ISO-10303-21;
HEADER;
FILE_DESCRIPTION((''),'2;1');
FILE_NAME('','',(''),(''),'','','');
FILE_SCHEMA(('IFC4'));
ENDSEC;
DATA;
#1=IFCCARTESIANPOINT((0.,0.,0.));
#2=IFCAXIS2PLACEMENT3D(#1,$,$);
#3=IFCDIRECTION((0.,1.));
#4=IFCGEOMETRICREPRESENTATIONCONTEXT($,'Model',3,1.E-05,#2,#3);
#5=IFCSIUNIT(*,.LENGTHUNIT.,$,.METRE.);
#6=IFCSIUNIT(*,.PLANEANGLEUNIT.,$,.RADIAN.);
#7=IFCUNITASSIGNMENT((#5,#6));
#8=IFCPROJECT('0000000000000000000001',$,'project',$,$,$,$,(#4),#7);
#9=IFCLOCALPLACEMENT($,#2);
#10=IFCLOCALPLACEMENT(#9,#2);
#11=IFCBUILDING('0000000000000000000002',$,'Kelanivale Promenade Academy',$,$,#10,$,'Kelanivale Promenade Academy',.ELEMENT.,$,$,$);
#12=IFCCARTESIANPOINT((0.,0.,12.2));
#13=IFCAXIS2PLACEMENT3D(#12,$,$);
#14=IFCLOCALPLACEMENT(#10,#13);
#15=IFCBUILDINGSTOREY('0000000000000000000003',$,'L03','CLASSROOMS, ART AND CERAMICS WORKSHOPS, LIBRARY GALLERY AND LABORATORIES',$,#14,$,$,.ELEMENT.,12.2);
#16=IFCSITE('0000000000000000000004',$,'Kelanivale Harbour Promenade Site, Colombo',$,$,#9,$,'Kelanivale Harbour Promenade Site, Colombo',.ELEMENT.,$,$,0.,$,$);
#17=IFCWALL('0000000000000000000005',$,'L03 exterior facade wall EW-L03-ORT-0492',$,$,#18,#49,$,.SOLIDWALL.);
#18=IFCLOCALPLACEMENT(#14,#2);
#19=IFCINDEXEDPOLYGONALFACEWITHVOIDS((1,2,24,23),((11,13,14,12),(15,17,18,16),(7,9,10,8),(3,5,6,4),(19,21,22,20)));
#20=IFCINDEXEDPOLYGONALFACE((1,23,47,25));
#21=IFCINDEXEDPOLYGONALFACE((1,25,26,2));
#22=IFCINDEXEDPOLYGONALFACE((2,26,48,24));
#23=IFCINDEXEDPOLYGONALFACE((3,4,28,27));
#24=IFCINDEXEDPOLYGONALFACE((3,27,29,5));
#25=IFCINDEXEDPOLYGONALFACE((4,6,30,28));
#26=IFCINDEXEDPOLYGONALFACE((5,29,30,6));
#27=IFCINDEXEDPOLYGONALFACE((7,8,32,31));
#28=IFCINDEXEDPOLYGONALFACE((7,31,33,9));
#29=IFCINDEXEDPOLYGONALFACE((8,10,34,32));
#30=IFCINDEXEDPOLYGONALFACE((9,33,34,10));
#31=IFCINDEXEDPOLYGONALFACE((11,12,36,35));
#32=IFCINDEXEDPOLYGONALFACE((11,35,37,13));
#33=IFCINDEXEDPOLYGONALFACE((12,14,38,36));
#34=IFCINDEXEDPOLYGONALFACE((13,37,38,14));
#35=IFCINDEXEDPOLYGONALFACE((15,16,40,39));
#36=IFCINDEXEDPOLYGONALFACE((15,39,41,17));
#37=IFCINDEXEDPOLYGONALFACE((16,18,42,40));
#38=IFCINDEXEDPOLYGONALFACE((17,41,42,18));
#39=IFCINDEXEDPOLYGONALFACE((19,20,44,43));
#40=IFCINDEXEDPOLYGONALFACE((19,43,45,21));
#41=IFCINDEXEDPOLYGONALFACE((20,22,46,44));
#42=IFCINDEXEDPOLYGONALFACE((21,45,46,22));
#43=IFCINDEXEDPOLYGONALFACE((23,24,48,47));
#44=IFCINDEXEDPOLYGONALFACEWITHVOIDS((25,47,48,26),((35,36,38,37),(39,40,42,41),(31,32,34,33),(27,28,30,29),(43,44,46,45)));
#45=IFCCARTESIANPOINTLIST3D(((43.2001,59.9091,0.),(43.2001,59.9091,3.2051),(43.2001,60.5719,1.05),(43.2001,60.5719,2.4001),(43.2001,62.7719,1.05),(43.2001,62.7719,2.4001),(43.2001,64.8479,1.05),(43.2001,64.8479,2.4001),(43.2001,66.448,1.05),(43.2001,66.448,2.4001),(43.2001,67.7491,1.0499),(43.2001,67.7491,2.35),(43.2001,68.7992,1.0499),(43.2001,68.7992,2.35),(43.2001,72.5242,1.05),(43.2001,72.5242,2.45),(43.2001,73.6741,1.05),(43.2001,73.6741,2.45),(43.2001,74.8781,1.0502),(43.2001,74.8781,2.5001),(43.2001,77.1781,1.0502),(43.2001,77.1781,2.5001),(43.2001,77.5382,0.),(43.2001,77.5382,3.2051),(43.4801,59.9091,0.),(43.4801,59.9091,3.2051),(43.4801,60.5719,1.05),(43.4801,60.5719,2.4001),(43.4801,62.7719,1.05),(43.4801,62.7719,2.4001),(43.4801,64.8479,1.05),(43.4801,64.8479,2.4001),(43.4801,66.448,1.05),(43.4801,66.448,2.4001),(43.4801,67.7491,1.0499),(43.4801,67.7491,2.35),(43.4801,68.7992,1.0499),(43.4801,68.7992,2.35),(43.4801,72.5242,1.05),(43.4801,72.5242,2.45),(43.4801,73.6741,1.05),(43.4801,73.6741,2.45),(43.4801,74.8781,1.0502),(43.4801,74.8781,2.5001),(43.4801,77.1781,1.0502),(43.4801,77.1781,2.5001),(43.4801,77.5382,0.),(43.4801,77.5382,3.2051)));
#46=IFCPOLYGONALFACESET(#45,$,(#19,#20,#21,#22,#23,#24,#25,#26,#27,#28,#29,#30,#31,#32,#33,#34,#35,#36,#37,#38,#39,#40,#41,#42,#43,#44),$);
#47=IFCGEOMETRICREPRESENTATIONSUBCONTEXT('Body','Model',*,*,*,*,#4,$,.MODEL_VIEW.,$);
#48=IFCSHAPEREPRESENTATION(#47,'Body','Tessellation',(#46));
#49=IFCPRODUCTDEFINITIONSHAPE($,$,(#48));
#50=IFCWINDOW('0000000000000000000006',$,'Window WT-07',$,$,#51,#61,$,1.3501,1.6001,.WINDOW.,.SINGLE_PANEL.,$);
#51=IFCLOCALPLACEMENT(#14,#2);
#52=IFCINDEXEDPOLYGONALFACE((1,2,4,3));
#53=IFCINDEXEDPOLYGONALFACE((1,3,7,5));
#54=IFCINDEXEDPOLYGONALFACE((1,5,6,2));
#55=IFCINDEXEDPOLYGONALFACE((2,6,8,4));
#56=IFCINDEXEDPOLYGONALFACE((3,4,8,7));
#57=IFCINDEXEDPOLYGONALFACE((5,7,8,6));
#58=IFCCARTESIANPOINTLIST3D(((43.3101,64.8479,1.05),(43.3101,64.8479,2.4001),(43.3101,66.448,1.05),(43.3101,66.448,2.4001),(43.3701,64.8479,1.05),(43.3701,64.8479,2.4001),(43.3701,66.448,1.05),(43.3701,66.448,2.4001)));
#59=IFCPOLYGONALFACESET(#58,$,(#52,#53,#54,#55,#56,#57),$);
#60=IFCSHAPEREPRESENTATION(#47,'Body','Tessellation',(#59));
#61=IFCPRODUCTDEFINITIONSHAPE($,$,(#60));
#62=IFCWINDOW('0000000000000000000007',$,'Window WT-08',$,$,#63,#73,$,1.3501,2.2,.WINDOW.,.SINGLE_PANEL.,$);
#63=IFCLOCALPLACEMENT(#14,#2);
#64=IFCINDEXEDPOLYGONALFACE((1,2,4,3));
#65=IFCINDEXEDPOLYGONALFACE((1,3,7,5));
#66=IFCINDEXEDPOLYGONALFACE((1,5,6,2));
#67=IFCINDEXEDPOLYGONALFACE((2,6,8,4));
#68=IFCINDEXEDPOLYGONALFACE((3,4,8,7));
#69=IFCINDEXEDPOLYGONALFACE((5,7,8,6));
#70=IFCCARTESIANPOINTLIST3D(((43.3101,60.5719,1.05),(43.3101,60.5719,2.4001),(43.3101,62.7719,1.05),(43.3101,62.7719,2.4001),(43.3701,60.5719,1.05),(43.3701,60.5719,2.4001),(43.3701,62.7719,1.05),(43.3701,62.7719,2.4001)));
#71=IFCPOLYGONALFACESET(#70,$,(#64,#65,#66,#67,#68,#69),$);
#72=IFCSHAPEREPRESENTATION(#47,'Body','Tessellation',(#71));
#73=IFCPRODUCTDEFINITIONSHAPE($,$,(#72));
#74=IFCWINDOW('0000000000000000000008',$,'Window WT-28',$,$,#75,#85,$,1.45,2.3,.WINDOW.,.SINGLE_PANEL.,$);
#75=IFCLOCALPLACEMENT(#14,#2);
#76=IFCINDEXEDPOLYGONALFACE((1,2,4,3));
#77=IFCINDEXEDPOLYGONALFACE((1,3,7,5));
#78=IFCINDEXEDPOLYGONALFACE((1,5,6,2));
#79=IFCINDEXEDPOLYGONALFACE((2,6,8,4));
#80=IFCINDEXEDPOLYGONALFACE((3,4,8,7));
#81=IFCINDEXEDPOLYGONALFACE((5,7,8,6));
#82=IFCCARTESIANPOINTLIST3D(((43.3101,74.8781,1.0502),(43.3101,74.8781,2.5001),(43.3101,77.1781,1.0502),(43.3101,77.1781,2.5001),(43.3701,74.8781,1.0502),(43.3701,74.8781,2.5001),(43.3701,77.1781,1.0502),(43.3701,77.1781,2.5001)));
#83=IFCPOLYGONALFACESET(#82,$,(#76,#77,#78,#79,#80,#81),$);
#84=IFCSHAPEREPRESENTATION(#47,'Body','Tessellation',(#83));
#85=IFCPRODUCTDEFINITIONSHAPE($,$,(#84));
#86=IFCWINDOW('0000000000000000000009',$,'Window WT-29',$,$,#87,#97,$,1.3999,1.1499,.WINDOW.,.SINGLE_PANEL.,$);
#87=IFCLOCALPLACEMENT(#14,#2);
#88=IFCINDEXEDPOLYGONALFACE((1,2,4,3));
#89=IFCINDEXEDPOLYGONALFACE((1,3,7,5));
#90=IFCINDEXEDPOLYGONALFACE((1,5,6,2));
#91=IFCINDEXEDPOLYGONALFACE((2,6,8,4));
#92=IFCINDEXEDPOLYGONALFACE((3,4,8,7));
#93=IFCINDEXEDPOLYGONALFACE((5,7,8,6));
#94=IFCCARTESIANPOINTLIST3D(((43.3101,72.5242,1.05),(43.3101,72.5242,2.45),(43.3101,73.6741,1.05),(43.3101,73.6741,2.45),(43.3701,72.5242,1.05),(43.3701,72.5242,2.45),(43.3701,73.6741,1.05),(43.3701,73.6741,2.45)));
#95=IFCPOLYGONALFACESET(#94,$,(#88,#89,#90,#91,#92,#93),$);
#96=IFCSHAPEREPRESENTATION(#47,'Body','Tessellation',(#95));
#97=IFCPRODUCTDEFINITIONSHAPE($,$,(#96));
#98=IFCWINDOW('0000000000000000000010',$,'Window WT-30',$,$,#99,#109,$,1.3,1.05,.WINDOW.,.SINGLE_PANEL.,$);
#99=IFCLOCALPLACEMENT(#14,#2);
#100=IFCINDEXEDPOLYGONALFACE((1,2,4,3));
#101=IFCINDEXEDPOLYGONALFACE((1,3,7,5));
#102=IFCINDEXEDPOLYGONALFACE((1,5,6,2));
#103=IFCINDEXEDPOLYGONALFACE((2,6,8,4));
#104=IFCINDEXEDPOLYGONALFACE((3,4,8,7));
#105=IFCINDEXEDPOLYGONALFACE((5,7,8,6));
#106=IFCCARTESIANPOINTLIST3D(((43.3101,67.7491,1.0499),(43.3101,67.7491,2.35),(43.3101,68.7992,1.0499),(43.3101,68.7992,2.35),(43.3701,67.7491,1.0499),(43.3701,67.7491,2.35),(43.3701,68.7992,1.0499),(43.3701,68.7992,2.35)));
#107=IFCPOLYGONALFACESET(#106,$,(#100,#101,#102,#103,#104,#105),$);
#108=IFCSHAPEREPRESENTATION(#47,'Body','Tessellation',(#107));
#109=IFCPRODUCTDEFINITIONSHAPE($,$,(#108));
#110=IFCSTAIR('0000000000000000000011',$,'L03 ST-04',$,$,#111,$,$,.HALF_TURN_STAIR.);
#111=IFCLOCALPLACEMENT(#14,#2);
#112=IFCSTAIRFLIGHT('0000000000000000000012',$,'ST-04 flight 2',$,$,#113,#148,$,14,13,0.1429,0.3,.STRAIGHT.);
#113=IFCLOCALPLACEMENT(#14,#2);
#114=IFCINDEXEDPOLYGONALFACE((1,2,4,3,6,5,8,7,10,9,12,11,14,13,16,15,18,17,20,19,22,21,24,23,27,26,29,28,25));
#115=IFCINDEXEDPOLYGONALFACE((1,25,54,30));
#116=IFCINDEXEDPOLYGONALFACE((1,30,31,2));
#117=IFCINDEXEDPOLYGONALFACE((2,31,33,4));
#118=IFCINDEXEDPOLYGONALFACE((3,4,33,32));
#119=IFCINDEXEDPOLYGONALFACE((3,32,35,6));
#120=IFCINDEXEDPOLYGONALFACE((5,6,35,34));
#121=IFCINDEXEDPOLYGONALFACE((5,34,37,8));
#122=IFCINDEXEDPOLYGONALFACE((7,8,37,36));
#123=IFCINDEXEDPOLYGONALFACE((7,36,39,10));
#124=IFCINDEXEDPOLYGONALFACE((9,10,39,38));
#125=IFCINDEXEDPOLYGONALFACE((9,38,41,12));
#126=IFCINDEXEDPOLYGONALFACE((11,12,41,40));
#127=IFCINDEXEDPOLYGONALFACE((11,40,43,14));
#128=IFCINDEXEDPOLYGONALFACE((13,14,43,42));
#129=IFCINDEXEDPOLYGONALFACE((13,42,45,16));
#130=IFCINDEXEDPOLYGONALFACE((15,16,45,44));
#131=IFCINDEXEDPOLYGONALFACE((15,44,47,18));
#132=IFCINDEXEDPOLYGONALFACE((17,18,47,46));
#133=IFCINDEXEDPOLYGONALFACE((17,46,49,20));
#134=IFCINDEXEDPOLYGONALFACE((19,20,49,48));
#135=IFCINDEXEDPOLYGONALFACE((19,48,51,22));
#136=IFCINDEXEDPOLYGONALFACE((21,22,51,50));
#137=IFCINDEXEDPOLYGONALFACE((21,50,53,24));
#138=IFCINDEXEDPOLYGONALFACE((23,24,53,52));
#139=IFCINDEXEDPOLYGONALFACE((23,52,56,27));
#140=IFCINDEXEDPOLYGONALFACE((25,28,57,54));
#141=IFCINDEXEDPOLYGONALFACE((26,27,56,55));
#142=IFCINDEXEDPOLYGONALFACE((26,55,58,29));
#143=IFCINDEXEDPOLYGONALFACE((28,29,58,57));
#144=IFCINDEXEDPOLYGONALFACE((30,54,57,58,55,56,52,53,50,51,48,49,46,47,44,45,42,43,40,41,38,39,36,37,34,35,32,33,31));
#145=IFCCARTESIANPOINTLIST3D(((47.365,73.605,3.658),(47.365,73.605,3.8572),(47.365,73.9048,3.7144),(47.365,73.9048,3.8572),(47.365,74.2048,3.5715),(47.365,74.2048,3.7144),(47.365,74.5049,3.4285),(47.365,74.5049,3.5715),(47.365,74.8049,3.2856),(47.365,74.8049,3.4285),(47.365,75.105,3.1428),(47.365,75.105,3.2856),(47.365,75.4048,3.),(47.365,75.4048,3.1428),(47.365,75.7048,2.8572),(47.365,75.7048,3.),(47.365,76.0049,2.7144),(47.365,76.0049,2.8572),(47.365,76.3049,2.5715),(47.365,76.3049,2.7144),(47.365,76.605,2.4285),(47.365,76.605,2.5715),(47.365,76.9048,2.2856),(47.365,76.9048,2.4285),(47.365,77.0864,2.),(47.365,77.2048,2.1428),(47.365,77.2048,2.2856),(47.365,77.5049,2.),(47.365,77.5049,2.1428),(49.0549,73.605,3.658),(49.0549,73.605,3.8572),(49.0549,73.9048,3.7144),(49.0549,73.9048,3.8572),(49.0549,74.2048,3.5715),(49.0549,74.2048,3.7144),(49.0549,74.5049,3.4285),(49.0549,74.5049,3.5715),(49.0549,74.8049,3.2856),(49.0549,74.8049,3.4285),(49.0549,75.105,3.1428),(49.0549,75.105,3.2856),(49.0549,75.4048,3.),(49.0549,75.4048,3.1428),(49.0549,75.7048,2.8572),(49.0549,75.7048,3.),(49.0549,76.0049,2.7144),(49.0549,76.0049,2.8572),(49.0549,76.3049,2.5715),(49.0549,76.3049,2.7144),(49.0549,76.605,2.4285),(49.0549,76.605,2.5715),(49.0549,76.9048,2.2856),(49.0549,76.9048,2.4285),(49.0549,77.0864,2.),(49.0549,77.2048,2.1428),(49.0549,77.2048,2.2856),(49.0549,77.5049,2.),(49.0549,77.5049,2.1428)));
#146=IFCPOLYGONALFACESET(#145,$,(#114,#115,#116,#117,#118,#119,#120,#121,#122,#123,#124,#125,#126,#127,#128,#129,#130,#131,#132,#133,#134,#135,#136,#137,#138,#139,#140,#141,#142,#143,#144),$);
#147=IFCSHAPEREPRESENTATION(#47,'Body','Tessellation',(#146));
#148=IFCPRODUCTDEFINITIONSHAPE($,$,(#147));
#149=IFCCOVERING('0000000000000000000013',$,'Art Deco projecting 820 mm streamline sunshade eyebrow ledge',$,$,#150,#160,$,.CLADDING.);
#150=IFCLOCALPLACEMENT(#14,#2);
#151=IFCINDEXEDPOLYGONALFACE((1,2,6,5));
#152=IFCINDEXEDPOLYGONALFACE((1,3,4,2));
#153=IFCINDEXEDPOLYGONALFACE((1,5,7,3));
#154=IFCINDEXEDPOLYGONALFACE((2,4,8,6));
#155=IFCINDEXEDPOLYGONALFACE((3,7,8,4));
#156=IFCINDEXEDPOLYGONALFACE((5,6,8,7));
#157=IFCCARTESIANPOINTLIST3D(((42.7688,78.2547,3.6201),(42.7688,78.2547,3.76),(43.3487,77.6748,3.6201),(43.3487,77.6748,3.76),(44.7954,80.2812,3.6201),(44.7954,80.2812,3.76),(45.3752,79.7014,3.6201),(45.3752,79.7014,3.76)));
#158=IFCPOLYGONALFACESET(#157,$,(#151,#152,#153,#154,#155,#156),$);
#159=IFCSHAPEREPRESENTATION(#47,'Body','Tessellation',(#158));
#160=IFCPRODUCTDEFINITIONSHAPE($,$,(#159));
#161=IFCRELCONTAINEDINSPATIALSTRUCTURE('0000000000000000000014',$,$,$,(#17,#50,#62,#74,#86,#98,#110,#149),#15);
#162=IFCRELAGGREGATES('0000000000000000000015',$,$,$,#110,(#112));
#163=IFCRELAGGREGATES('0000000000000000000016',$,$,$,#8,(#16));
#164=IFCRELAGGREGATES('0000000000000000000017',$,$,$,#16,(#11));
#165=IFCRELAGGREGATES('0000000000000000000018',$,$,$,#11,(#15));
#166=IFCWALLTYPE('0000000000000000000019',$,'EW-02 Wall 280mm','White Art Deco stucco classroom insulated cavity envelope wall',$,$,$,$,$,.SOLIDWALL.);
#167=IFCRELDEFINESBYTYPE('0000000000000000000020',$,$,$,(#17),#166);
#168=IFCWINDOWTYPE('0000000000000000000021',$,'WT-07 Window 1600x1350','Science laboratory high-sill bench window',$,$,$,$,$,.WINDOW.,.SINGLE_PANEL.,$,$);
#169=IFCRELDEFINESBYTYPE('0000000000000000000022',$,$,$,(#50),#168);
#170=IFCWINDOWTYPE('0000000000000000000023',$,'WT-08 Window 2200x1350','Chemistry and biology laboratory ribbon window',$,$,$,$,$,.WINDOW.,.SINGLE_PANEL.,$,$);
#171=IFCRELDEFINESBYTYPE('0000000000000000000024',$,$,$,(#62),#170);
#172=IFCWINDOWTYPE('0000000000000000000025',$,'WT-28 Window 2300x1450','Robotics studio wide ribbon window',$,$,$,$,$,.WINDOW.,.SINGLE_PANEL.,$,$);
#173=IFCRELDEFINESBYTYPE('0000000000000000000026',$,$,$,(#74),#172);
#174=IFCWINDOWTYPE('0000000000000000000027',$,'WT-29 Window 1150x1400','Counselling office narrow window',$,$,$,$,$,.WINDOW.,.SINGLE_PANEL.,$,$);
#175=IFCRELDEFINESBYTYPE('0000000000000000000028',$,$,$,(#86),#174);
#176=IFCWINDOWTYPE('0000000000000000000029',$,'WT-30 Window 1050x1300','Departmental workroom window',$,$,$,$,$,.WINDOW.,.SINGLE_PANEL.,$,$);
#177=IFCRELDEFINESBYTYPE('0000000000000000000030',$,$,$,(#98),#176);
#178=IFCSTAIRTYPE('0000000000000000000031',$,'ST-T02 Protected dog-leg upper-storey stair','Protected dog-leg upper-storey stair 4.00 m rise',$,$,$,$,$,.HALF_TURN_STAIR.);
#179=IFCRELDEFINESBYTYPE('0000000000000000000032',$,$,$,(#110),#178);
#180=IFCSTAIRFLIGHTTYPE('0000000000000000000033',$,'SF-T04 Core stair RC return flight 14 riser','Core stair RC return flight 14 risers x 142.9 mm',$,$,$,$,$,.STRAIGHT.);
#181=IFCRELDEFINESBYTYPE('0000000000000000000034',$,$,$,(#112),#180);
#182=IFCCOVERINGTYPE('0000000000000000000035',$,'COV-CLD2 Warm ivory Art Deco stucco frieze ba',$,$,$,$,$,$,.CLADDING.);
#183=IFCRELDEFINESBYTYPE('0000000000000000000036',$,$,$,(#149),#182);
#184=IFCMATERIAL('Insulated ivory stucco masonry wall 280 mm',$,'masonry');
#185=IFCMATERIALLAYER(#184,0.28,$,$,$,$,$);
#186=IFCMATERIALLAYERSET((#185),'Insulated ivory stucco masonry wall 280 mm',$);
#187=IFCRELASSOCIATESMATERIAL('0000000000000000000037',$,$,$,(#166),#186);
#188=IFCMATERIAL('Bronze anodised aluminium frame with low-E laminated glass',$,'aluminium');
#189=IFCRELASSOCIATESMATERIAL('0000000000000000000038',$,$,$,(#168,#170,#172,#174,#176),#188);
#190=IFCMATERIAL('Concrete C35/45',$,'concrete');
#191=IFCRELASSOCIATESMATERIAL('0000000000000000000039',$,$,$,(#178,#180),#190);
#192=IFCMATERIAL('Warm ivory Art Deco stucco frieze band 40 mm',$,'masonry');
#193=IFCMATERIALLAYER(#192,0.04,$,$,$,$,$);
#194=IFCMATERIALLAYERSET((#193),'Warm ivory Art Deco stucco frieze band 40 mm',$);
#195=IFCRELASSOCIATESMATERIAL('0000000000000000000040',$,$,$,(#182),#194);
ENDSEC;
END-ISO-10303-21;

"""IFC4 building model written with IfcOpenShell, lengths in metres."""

from ifc_helpers import new_model, si_unit, direction, frame, frame_2d, origin, origin_2d, place, context, subcontext, project, spatial, polyline, rectangle, outline, extrude, material, layer, layer_set, type_object, element, fill, aggregate, save


model = new_model("IFC4")

# Units and contexts
model_context = context("Model", 3, precision=1e-05, world=origin(), true_north=direction((0.0, 1.0)))
body_context = subcontext(model_context, "Body", "Model", "MODEL_VIEW")
ifc_project = project(units=[si_unit("LENGTHUNIT", "METRE"), si_unit("PLANEANGLEUNIT", "RADIAN")], contexts=[model_context])

# Site, building, storey
site_placement = place(None, origin())
site = spatial("IfcSite", under=ifc_project, at=site_placement, Name="Kelanivale Harbour Promenade Site, Colombo", LongName="Kelanivale Harbour Promenade Site, Colombo", CompositionType="ELEMENT", RefElevation=0.0)
building_placement = place(site_placement, origin())
building = spatial("IfcBuilding", under=site, at=building_placement, Name="Kelanivale Promenade Academy", LongName="Kelanivale Promenade Academy", CompositionType="ELEMENT")
storey_placement = place(building_placement, frame((0.0, 0.0, 12.2)))
storey = spatial("IfcBuildingStorey", under=building, at=storey_placement, Name="L03", Description="CLASSROOMS, ART AND CERAMICS WORKSHOPS, LIBRARY GALLERY AND LABORATORIES", CompositionType="ELEMENT", Elevation=12.2)

# Shared definitions
ifc_material_1 = material(Name="Insulated ivory stucco masonry wall 280 mm", Category="masonry")
ifc_layer_1 = layer(ifc_material_1, 0.28)
ifc_layer_set_1 = layer_set([ifc_layer_1], Name="Insulated ivory stucco masonry wall 280 mm")
wall_type_1 = type_object("IfcWallType", Name="EW-02 Wall 280mm", Description="White Art Deco stucco classroom insulated cavity envelope wall", PredefinedType="SOLIDWALL", material=ifc_layer_set_1)

# Shared definitions
ifc_material_2 = material(Name="Bronze anodised aluminium frame with low-E laminated glass", Category="aluminium")

# Wall, openings, windows
wall_1_placement = place(storey_placement, frame((43.3401, 77.5381, 0.0), z_axis=(0.0, 0.0, 1.0), x_axis=(0.0, -1.0, 0.0)))
wall_1 = element("IfcWall", 1, at=wall_1_placement, inside=storey, type_object=wall_type_1, Name="L03 exterior facade wall EW-L03-ORT-0492", PredefinedType="SOLIDWALL", context=body_context, shape_type="SweptSolid", body=[
    extrude(rectangle(XDim=17.6292, YDim=0.28, at=frame_2d((8.8145, 0.0))), origin(), (0.0, 0.0, 1.0), 3.2051),
])
opening_1_placement = place(wall_1_placement, frame((0.3601, 0.0, 1.05)))
opening_1 = element("IfcOpeningElement", 2, at=opening_1_placement, cuts=wall_1, PredefinedType="OPENING", context=body_context, shape_type="SweptSolid", body=[
    extrude(rectangle(XDim=2.3, YDim=1.45, at=frame_2d((1.1499, 0.7251))), frame((0.0, 0.1499, 0.0), z_axis=(0.0, -1.0, 0.0), x_axis=(1.0, 0.0, 0.0)), (0.0, 0.0, 1.0), 0.3),
])
opening_2_placement = place(wall_1_placement, frame((3.864, 0.0, 1.05)))
opening_2 = element("IfcOpeningElement", 3, at=opening_2_placement, cuts=wall_1, PredefinedType="OPENING", context=body_context, shape_type="SweptSolid", body=[
    extrude(rectangle(XDim=1.1499, YDim=1.3999, at=frame_2d((0.575, 0.7))), frame((0.0, 0.1499, 0.0), z_axis=(0.0, -1.0, 0.0), x_axis=(1.0, 0.0, 0.0)), (0.0, 0.0, 1.0), 0.3),
])
opening_3_placement = place(wall_1_placement, frame((8.739, 0.0, 1.05)))
opening_3 = element("IfcOpeningElement", 4, at=opening_3_placement, cuts=wall_1, PredefinedType="OPENING", context=body_context, shape_type="SweptSolid", body=[
    extrude(rectangle(XDim=1.05, YDim=1.3, at=frame_2d((0.5249, 0.6499))), frame((0.0, 0.1499, 0.0), z_axis=(0.0, -1.0, 0.0), x_axis=(1.0, 0.0, 0.0)), (0.0, 0.0, 1.0), 0.3),
])
opening_4_placement = place(wall_1_placement, frame((11.0901, 0.0, 1.05)))
opening_4 = element("IfcOpeningElement", 5, at=opening_4_placement, cuts=wall_1, PredefinedType="OPENING", context=body_context, shape_type="SweptSolid", body=[
    extrude(rectangle(XDim=1.6001, YDim=1.3501, at=frame_2d((0.8, 0.675))), frame((0.0, 0.1499, 0.0), z_axis=(0.0, -1.0, 0.0), x_axis=(1.0, 0.0, 0.0)), (0.0, 0.0, 1.0), 0.3),
])
opening_5_placement = place(wall_1_placement, frame((14.7661, 0.0, 1.05)))
opening_5 = element("IfcOpeningElement", 6, at=opening_5_placement, cuts=wall_1, PredefinedType="OPENING", context=body_context, shape_type="SweptSolid", body=[
    extrude(rectangle(XDim=2.2, YDim=1.3501, at=frame_2d((1.1001, 0.675))), frame((0.0, 0.1499, 0.0), z_axis=(0.0, -1.0, 0.0), x_axis=(1.0, 0.0, 0.0)), (0.0, 0.0, 1.0), 0.3),
])
window_type_1 = type_object("IfcWindowType", Name="WT-07 Window 1600x1350", Description="Science laboratory high-sill bench window", PartitioningType="SINGLE_PANEL", PredefinedType="WINDOW", material=ifc_material_2)
window_1_placement = place(opening_4_placement, origin())
window_1 = element("IfcWindow", 7, at=window_1_placement, inside=storey, type_object=window_type_1, Name="Window WT-07", OverallHeight=1.3501, OverallWidth=1.6001, PartitioningType="SINGLE_PANEL", PredefinedType="WINDOW", context=body_context, shape_type="SweptSolid", body=[
    extrude(rectangle(XDim=1.6001, YDim=1.3501, at=frame_2d((0.8, 0.675))), frame((0.0, 0.03, 0.0), z_axis=(0.0, -1.0, 0.0), x_axis=(1.0, 0.0, 0.0)), (0.0, 0.0, 1.0), 0.0601),
])
fill(opening_4, window_1)
window_type_2 = type_object("IfcWindowType", Name="WT-08 Window 2200x1350", Description="Chemistry and biology laboratory ribbon window", PartitioningType="SINGLE_PANEL", PredefinedType="WINDOW", material=ifc_material_2)
window_2_placement = place(opening_5_placement, origin())
window_2 = element("IfcWindow", 8, at=window_2_placement, inside=storey, type_object=window_type_2, Name="Window WT-08", OverallHeight=1.3501, OverallWidth=2.2, PartitioningType="SINGLE_PANEL", PredefinedType="WINDOW", context=body_context, shape_type="SweptSolid", body=[
    extrude(rectangle(XDim=2.2, YDim=1.3501, at=frame_2d((1.1001, 0.675))), frame((0.0, 0.03, 0.0), z_axis=(0.0, -1.0, 0.0), x_axis=(1.0, 0.0, 0.0)), (0.0, 0.0, 1.0), 0.0601),
])
fill(opening_5, window_2)
window_type_3 = type_object("IfcWindowType", Name="WT-28 Window 2300x1450", Description="Robotics studio wide ribbon window", PartitioningType="SINGLE_PANEL", PredefinedType="WINDOW", material=ifc_material_2)
window_3_placement = place(opening_1_placement, origin())
window_3 = element("IfcWindow", 9, at=window_3_placement, inside=storey, type_object=window_type_3, Name="Window WT-28", OverallHeight=1.45, OverallWidth=2.3, PartitioningType="SINGLE_PANEL", PredefinedType="WINDOW", context=body_context, shape_type="SweptSolid", body=[
    extrude(rectangle(XDim=2.3, YDim=1.45, at=frame_2d((1.1499, 0.7251))), frame((0.0, 0.03, 0.0), z_axis=(0.0, -1.0, 0.0), x_axis=(1.0, 0.0, 0.0)), (0.0, 0.0, 1.0), 0.0601),
])
fill(opening_1, window_3)
window_type_4 = type_object("IfcWindowType", Name="WT-29 Window 1150x1400", Description="Counselling office narrow window", PartitioningType="SINGLE_PANEL", PredefinedType="WINDOW", material=ifc_material_2)
window_4_placement = place(opening_2_placement, origin())
window_4 = element("IfcWindow", 10, at=window_4_placement, inside=storey, type_object=window_type_4, Name="Window WT-29", OverallHeight=1.3999, OverallWidth=1.1499, PartitioningType="SINGLE_PANEL", PredefinedType="WINDOW", context=body_context, shape_type="SweptSolid", body=[
    extrude(rectangle(XDim=1.1499, YDim=1.3999, at=frame_2d((0.575, 0.7))), frame((0.0, 0.03, 0.0), z_axis=(0.0, -1.0, 0.0), x_axis=(1.0, 0.0, 0.0)), (0.0, 0.0, 1.0), 0.0601),
])
fill(opening_2, window_4)
window_type_5 = type_object("IfcWindowType", Name="WT-30 Window 1050x1300", Description="Departmental workroom window", PartitioningType="SINGLE_PANEL", PredefinedType="WINDOW", material=ifc_material_2)
window_5_placement = place(opening_3_placement, origin())
window_5 = element("IfcWindow", 11, at=window_5_placement, inside=storey, type_object=window_type_5, Name="Window WT-30", OverallHeight=1.3, OverallWidth=1.05, PartitioningType="SINGLE_PANEL", PredefinedType="WINDOW", context=body_context, shape_type="SweptSolid", body=[
    extrude(rectangle(XDim=1.05, YDim=1.3, at=frame_2d((0.5249, 0.6499))), frame((0.0, 0.03, 0.0), z_axis=(0.0, -1.0, 0.0), x_axis=(1.0, 0.0, 0.0)), (0.0, 0.0, 1.0), 0.0601),
])
fill(opening_3, window_5)

# Stair, stair flight
ifc_material_3 = material(Name="Concrete C35/45", Category="concrete")
stair_type = type_object("IfcStairType", Name="ST-T02 Protected dog-leg upper-storey stair", Description="Protected dog-leg upper-storey stair 4.00 m rise", PredefinedType="HALF_TURN_STAIR", material=ifc_material_3)
stair_placement = place(storey_placement, origin())
stair = element("IfcStair", 12, at=stair_placement, inside=storey, type_object=stair_type, Name="L03 ST-04", PredefinedType="HALF_TURN_STAIR")
stair_flight_type = type_object("IfcStairFlightType", Name="SF-T04 Core stair RC return flight 14 riser", Description="Core stair RC return flight 14 risers x 142.9 mm", PredefinedType="STRAIGHT", material=ifc_material_3)
stair_flight_placement = place(storey_placement, frame((48.21, 77.5049, 2.0), z_axis=(0.0, 0.0, 1.0), x_axis=(0.0, -1.0, 0.0)))
stair_flight = element("IfcStairFlight", 13, at=stair_flight_placement, type_object=stair_flight_type, Name="ST-04 flight 2", NumberOfRisers=14, NumberOfTreads=13, PredefinedType="STRAIGHT", RiserHeight=0.1429, TreadLength=0.3, context=body_context, shape_type="SweptSolid", body=[
    extrude(outline(polyline([(0.0, 0.0), (0.0, 0.1428), (0.3, 0.1428), (0.3, 0.2856), (0.6001, 0.2856), (0.6001, 0.4285), (0.8999, 0.4285), (0.8999, 0.5715), (1.2, 0.5715), (1.2, 0.7144), (1.5, 0.7144), (1.5, 0.8572), (1.8, 0.8572), (1.8, 1.0), (2.1001, 1.0), (2.1001, 1.1428), (2.3999, 1.1428), (2.3999, 1.2856), (2.7, 1.2856), (2.7, 1.4285), (3.0, 1.4285), (3.0, 1.5715), (3.3, 1.5715), (3.3, 1.7144), (3.6001, 1.7144), (3.6001, 1.8572), (3.8999, 1.8572), (3.8999, 2.0), (3.8999, 1.658), (0.4185, 0.0), (0.0, 0.0)])), frame((0.0, 0.845, 0.0), z_axis=(0.0, -1.0, 0.0), x_axis=(1.0, 0.0, 0.0)), (0.0, 0.0, 1.0), 1.6899),
])
aggregate(stair, [stair_flight])

# Covering
ifc_material_4 = material(Name="Warm ivory Art Deco stucco frieze band 40 mm", Category="masonry")
ifc_layer_2 = layer(ifc_material_4, 0.04)
ifc_layer_set_2 = layer_set([ifc_layer_2], Name="Warm ivory Art Deco stucco frieze band 40 mm")
covering_type = type_object("IfcCoveringType", Name="COV-CLD2 Warm ivory Art Deco stucco frieze ba", PredefinedType="CLADDING", material=ifc_layer_set_2)
covering_1_placement = place(storey_placement, frame((44.072, 78.978, 3.6201), z_axis=(0.0, 0.0, 1.0), x_axis=(-0.707107, -0.707107, 0.0)))
element("IfcCovering", 14, at=covering_1_placement, inside=storey, type_object=covering_type, Name="Art Deco projecting 820 mm streamline sunshade eyebrow ledge", PredefinedType="CLADDING", context=body_context, shape_type="SweptSolid", body=[
    extrude(rectangle(XDim=2.866, YDim=0.8201, at=origin_2d()), origin(), (0.0, 0.0, 1.0), 0.1399),
])

save(model, "model.ifc")
